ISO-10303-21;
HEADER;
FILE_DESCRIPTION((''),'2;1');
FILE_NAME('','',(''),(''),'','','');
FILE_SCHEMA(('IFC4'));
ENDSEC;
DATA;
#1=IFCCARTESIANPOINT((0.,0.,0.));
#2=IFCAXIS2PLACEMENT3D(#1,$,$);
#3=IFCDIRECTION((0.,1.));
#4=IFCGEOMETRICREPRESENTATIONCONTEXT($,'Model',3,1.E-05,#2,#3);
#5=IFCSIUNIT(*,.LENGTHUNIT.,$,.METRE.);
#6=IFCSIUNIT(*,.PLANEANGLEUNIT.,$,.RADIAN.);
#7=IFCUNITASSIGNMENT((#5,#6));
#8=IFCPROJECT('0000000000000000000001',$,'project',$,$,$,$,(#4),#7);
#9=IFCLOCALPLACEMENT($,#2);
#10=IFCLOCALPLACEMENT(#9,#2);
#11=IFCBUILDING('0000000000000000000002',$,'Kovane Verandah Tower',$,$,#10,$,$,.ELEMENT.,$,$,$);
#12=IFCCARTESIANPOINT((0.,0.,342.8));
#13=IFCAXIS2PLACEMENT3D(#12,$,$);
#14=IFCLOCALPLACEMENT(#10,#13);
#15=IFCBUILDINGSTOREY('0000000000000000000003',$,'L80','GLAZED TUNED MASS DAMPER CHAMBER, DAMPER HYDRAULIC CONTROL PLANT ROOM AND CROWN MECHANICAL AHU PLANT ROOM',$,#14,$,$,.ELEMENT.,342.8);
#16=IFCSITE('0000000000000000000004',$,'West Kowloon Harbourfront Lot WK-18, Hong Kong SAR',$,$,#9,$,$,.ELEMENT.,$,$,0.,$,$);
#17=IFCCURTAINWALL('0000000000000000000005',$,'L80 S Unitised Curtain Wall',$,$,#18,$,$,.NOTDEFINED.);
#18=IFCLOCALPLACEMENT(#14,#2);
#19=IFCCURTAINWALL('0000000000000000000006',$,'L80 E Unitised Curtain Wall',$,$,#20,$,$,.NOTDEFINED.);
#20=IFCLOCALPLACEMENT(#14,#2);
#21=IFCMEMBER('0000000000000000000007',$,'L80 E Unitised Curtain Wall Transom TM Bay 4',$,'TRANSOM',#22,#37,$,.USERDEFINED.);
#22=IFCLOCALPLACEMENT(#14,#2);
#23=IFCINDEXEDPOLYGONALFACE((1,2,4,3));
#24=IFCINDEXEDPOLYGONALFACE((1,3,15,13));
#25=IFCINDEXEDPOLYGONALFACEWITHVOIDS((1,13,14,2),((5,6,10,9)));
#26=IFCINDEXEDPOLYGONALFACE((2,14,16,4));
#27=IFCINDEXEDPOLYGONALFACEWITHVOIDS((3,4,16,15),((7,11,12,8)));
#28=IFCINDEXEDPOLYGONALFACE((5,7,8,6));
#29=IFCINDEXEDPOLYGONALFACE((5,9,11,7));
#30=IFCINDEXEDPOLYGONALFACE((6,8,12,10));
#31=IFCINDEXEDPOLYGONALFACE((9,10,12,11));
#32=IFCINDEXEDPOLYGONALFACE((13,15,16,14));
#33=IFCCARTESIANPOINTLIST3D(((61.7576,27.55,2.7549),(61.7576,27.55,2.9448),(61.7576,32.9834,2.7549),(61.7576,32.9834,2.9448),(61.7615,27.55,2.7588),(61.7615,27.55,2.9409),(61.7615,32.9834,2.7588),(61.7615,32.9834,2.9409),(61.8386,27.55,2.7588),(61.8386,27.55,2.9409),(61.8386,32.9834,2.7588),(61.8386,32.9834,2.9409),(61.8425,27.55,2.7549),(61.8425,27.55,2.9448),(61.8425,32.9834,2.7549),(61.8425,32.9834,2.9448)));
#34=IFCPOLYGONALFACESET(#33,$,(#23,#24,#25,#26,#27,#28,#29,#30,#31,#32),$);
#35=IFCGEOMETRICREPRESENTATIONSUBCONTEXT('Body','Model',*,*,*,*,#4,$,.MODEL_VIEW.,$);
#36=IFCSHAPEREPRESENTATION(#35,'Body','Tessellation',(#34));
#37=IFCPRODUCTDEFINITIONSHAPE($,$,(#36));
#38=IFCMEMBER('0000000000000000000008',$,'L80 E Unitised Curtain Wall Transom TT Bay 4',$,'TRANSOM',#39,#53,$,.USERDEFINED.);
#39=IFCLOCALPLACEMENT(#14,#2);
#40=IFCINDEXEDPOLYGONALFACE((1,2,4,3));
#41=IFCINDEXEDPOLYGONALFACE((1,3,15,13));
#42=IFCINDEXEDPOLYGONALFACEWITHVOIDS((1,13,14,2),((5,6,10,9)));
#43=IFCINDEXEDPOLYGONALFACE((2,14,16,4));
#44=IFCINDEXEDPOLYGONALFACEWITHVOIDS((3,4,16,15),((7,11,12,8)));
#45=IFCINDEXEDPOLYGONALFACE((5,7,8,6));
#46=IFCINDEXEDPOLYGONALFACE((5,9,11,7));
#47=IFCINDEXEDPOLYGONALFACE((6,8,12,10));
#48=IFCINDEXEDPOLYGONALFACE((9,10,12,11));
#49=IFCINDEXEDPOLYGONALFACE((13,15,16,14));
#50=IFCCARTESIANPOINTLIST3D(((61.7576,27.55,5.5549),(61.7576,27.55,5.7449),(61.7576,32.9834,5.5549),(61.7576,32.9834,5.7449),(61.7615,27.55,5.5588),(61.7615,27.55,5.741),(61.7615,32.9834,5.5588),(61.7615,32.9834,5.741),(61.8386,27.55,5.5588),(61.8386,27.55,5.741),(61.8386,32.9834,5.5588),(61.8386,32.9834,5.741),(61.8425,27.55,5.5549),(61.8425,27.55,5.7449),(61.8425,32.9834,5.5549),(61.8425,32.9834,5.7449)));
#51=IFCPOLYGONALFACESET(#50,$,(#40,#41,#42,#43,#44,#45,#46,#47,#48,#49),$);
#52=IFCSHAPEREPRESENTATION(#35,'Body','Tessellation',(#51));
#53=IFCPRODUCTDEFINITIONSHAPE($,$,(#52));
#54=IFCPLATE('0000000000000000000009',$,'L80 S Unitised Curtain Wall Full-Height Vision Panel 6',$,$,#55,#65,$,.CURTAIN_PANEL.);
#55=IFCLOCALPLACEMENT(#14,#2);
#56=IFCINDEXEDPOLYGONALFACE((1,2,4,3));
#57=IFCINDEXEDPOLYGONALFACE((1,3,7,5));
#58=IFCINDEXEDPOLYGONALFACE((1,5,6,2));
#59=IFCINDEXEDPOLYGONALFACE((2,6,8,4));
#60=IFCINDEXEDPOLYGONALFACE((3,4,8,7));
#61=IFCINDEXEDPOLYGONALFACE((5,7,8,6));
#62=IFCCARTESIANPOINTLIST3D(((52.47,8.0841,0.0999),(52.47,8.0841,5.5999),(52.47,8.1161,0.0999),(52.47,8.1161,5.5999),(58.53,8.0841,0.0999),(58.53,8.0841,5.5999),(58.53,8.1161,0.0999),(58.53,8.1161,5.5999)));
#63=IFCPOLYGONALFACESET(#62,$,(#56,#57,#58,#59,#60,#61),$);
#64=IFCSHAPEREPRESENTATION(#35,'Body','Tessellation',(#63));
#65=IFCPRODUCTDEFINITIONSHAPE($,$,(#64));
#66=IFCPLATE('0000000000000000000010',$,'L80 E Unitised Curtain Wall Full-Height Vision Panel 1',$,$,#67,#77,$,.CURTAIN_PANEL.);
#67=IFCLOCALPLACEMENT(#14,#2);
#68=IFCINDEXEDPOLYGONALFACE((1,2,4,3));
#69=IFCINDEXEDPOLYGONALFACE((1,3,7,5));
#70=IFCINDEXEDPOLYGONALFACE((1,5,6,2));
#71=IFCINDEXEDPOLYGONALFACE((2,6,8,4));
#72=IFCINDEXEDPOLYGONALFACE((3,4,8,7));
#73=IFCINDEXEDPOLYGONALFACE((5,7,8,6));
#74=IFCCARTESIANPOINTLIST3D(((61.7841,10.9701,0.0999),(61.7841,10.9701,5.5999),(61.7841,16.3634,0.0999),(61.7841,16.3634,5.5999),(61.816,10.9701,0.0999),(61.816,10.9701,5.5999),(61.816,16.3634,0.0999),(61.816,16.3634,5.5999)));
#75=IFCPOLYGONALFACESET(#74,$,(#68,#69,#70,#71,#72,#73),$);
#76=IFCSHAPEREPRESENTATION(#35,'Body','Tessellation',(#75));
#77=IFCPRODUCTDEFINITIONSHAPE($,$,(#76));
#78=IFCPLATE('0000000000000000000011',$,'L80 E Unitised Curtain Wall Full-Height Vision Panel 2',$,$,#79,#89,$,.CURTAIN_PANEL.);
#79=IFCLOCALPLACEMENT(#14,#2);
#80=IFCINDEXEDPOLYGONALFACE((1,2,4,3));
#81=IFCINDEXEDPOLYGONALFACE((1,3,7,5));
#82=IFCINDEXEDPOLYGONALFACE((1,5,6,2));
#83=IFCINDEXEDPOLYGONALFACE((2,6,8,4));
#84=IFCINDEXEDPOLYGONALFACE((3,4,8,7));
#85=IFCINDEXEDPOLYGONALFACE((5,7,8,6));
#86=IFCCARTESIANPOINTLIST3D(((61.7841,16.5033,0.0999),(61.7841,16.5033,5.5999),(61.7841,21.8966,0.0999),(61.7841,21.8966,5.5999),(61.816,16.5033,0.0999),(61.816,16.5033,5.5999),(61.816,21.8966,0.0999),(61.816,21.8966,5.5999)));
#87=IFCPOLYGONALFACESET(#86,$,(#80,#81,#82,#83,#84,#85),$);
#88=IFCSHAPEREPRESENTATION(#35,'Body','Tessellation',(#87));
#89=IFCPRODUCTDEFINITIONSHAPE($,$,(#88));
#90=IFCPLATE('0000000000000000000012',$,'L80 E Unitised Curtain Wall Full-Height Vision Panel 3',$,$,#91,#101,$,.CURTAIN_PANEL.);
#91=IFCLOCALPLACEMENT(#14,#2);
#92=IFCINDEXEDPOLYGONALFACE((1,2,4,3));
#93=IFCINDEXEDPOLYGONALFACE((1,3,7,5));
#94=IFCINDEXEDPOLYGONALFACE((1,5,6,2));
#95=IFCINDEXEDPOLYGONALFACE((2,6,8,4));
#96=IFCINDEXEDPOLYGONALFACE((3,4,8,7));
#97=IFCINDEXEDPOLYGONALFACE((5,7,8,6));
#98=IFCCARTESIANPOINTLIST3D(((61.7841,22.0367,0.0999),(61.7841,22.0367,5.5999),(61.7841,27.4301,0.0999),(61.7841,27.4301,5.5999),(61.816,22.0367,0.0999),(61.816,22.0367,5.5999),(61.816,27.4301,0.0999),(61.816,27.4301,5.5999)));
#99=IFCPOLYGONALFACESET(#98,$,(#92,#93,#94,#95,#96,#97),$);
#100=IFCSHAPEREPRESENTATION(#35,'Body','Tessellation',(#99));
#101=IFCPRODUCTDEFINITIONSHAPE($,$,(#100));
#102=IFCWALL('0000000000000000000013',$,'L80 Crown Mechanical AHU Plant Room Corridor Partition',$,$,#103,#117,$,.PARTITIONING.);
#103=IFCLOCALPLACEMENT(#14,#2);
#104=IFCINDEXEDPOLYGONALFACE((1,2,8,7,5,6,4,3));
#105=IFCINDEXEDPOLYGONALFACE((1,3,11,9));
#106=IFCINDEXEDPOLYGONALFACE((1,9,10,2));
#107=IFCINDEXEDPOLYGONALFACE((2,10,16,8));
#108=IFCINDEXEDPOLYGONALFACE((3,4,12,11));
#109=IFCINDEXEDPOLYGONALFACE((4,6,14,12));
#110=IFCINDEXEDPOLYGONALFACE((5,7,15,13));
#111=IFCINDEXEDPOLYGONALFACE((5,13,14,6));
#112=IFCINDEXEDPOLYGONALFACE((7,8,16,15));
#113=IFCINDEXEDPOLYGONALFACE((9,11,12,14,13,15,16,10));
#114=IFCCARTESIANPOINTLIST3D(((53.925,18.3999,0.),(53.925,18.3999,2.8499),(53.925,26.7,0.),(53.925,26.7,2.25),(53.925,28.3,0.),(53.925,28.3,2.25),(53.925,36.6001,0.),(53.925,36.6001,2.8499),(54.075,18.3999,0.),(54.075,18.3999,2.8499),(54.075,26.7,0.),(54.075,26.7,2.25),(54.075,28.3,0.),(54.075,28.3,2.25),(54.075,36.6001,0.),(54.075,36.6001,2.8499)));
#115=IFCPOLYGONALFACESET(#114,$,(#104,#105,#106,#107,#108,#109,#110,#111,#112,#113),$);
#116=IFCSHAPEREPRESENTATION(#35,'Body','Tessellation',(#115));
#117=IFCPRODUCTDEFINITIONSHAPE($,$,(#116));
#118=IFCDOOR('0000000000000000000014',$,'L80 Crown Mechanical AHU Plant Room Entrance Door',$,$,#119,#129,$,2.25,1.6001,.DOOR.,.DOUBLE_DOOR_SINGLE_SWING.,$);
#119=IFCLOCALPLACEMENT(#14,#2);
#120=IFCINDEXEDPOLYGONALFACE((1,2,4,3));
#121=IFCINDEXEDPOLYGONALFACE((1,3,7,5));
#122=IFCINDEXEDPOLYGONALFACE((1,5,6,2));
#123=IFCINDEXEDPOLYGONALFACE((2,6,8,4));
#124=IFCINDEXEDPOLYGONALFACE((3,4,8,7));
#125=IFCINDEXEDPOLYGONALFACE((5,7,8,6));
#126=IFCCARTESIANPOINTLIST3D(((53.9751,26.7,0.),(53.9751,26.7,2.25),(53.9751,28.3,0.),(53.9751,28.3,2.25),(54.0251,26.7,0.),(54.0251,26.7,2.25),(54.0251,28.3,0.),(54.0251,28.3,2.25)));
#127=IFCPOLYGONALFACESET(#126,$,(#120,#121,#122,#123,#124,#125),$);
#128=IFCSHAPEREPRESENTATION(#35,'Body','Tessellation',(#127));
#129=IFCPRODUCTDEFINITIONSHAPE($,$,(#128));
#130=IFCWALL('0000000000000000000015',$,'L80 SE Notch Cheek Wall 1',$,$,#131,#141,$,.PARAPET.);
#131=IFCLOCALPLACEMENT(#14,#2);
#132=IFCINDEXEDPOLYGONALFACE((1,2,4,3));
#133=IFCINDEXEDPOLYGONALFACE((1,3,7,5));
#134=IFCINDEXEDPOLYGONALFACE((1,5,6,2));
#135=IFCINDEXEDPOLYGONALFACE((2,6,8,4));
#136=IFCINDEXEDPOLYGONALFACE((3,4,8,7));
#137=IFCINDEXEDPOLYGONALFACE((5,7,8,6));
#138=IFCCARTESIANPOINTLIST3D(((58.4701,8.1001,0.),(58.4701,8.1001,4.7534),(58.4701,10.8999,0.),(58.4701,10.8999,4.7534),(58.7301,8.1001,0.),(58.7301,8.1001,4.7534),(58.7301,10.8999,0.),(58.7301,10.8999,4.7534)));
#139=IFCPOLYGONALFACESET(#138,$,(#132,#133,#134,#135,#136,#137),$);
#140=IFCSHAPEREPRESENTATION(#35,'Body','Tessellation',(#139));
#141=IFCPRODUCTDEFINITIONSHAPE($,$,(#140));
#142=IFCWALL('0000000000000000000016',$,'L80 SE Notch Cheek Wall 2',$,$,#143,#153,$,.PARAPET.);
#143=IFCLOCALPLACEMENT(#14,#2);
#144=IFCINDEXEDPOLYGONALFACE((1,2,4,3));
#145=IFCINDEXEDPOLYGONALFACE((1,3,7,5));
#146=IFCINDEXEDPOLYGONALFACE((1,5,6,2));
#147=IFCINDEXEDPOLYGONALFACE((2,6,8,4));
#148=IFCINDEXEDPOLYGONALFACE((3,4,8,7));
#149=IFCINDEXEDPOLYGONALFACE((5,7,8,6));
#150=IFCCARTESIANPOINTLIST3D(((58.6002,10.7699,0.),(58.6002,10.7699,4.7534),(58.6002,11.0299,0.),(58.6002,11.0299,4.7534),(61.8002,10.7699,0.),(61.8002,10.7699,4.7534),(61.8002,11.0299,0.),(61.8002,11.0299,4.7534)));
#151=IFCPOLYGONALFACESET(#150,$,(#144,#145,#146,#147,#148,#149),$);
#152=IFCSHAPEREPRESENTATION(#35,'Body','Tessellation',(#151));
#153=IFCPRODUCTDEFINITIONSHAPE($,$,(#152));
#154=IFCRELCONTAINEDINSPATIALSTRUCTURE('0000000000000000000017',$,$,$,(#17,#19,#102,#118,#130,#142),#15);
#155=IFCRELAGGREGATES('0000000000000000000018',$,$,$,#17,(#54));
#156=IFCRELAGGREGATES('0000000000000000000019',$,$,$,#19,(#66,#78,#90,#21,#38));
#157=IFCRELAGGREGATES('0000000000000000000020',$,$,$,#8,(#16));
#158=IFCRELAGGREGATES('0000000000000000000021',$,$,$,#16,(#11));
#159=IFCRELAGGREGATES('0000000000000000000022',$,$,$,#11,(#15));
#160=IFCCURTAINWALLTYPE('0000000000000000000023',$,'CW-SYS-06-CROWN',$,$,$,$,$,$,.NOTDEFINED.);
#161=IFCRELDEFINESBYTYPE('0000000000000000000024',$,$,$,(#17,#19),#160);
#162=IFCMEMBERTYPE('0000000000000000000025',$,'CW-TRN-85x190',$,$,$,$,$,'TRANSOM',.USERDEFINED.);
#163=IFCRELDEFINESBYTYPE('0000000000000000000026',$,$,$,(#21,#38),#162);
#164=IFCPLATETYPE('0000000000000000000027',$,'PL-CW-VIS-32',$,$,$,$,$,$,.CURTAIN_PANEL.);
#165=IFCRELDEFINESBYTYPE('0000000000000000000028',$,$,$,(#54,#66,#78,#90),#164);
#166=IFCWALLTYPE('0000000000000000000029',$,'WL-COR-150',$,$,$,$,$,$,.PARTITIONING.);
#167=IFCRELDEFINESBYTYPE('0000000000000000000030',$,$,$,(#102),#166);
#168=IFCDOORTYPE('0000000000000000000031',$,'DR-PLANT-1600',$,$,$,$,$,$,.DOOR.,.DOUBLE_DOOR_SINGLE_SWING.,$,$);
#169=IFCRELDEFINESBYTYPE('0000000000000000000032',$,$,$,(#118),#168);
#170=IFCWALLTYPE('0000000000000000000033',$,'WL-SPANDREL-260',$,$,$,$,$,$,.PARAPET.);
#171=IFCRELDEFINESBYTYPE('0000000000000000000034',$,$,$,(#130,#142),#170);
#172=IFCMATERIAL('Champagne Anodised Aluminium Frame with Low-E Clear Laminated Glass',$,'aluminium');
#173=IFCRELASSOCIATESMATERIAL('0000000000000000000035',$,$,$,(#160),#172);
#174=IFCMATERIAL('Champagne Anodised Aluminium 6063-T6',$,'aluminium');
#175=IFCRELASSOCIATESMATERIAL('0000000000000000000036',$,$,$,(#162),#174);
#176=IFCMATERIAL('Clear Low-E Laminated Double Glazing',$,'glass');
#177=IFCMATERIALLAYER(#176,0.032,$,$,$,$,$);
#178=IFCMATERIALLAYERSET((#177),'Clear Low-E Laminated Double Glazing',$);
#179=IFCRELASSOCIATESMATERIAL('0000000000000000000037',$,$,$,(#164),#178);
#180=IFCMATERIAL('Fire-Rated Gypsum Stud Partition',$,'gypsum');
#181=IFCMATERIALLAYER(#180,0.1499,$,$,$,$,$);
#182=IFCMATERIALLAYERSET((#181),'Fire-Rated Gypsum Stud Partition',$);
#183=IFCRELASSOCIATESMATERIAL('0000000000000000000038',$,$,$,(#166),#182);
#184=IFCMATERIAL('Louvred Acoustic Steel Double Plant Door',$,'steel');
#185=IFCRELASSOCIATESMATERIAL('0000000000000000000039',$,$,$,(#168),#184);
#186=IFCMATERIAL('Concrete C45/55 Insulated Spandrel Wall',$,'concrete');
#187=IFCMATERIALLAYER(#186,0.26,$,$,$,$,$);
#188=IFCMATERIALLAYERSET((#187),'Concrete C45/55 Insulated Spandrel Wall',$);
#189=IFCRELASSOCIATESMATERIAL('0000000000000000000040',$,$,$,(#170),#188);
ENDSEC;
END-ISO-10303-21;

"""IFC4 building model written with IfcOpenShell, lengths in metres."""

from ifc_helpers import new_model, si_unit, direction, frame, frame_2d, origin, origin_2d, place, context, subcontext, project, spatial, rectangle, hollow_rectangle, extrude, material, layer, layer_set, material_profile, profile_set, type_object, element, fill, aggregate, save


model = new_model("IFC4")

# Units and contexts
model_context = context("Model", 3, precision=1e-05, world=origin(), true_north=direction((0.0, 1.0)))
body_context = subcontext(model_context, "Body", "Model", "MODEL_VIEW")
ifc_project = project(units=[si_unit("LENGTHUNIT", "METRE"), si_unit("PLANEANGLEUNIT", "RADIAN")], contexts=[model_context])

# Site, building, storey
site_placement = place(None, origin())
site = spatial("IfcSite", under=ifc_project, at=site_placement, Name="West Kowloon Harbourfront Lot WK-18, Hong Kong SAR", CompositionType="ELEMENT", RefElevation=0.0)
building_placement = place(site_placement, origin())
building = spatial("IfcBuilding", under=site, at=building_placement, Name="Kovane Verandah Tower", CompositionType="ELEMENT")
storey_placement = place(building_placement, frame((0.0, 0.0, 342.8)))
storey = spatial("IfcBuildingStorey", under=building, at=storey_placement, Name="L80", Description="GLAZED TUNED MASS DAMPER CHAMBER, DAMPER HYDRAULIC CONTROL PLANT ROOM AND CROWN MECHANICAL AHU PLANT ROOM", CompositionType="ELEMENT", Elevation=342.8)

# Curtain walls
ifc_material_1 = material(Name="Champagne Anodised Aluminium Frame with Low-E Clear Laminated Glass", Category="aluminium")
curtain_wall_type = type_object("IfcCurtainWallType", Name="CW-SYS-06-CROWN", PredefinedType="NOTDEFINED", material=ifc_material_1)
curtain_wall_1_placement = place(storey_placement, origin())
curtain_wall_1 = element("IfcCurtainWall", 1, at=curtain_wall_1_placement, inside=storey, type_object=curtain_wall_type, Name="L80 S Unitised Curtain Wall", PredefinedType="NOTDEFINED")
ifc_material_2 = material(Name="Champagne Anodised Aluminium 6063-T6", Category="aluminium")
curtain_wall_2_placement = place(storey_placement, origin())
curtain_wall_2 = element("IfcCurtainWall", 2, at=curtain_wall_2_placement, inside=storey, type_object=curtain_wall_type, Name="L80 E Unitised Curtain Wall", PredefinedType="NOTDEFINED")

# Members
ifc_material_profile_1 = material_profile(ifc_material_2, hollow_rectangle(XDim=0.085, YDim=0.1899, WallThickness=0.0039, at=origin_2d()), Name="AL85x190x4")
ifc_profile_set_1 = profile_set([ifc_material_profile_1], Name="Champagne Anodised Aluminium 6063-T6")
member_type_1 = type_object("IfcMemberType", Name="CW-TRN-85x190", ElementType="TRANSOM", PredefinedType="USERDEFINED", material=ifc_profile_set_1)
member_1_placement = place(storey_placement, frame((61.8, 27.55, 2.8499), z_axis=(0.0, 1.0, 0.0), x_axis=(-1.0, 0.0, 0.0)))
member_1 = element("IfcMember", 3, at=member_1_placement, type_object=member_type_1, Name="L80 E Unitised Curtain Wall Transom TM Bay 4", ObjectType="TRANSOM", PredefinedType="USERDEFINED", context=body_context, shape_type="SweptSolid", body=[
    extrude(hollow_rectangle(XDim=0.085, YDim=0.1899, WallThickness=0.0039, at=origin_2d()), origin(), (0.0, 0.0, 1.0), 5.4333),
])
member_2_placement = place(storey_placement, frame((61.8, 27.55, 5.6499), z_axis=(0.0, 1.0, 0.0), x_axis=(-1.0, 0.0, 0.0)))
member_2 = element("IfcMember", 4, at=member_2_placement, type_object=member_type_1, Name="L80 E Unitised Curtain Wall Transom TT Bay 4", ObjectType="TRANSOM", PredefinedType="USERDEFINED", context=body_context, shape_type="SweptSolid", body=[
    extrude(hollow_rectangle(XDim=0.085, YDim=0.1899, WallThickness=0.0039, at=origin_2d()), origin(), (0.0, 0.0, 1.0), 5.4333),
])

# Plates
ifc_material_3 = material(Name="Clear Low-E Laminated Double Glazing", Category="glass")
ifc_layer_1 = layer(ifc_material_3, 0.032)
ifc_layer_set_1 = layer_set([ifc_layer_1], Name="Clear Low-E Laminated Double Glazing")
plate_type = type_object("IfcPlateType", Name="PL-CW-VIS-32", PredefinedType="CURTAIN_PANEL", material=ifc_layer_set_1)
plate_1_placement = place(storey_placement, frame((55.5, 8.1001, 0.0999), z_axis=(0.0, 0.0, 1.0), x_axis=(1.0, 0.0, 0.0)))
plate_1 = element("IfcPlate", 5, at=plate_1_placement, type_object=plate_type, Name="L80 S Unitised Curtain Wall Full-Height Vision Panel 6", PredefinedType="CURTAIN_PANEL", context=body_context, shape_type="SweptSolid", body=[
    extrude(rectangle(XDim=6.0601, YDim=0.032, at=origin_2d()), origin(), (0.0, 0.0, 1.0), 5.5),
])
aggregate(curtain_wall_1, [plate_1])
plate_2_placement = place(storey_placement, frame((61.8, 13.6667, 0.0999), z_axis=(0.0, 0.0, 1.0), x_axis=(0.0, 1.0, 0.0)))
plate_2 = element("IfcPlate", 6, at=plate_2_placement, type_object=plate_type, Name="L80 E Unitised Curtain Wall Full-Height Vision Panel 1", PredefinedType="CURTAIN_PANEL", context=body_context, shape_type="SweptSolid", body=[
    extrude(rectangle(XDim=5.3933, YDim=0.032, at=origin_2d()), origin(), (0.0, 0.0, 1.0), 5.5),
])
plate_3_placement = place(storey_placement, frame((61.8, 19.2, 0.0999), z_axis=(0.0, 0.0, 1.0), x_axis=(0.0, 1.0, 0.0)))
plate_3 = element("IfcPlate", 7, at=plate_3_placement, type_object=plate_type, Name="L80 E Unitised Curtain Wall Full-Height Vision Panel 2", PredefinedType="CURTAIN_PANEL", context=body_context, shape_type="SweptSolid", body=[
    extrude(rectangle(XDim=5.3933, YDim=0.032, at=origin_2d()), origin(), (0.0, 0.0, 1.0), 5.5),
])
plate_4_placement = place(storey_placement, frame((61.8, 24.7334, 0.0999), z_axis=(0.0, 0.0, 1.0), x_axis=(0.0, 1.0, 0.0)))
plate_4 = element("IfcPlate", 8, at=plate_4_placement, type_object=plate_type, Name="L80 E Unitised Curtain Wall Full-Height Vision Panel 3", PredefinedType="CURTAIN_PANEL", context=body_context, shape_type="SweptSolid", body=[
    extrude(rectangle(XDim=5.3933, YDim=0.032, at=origin_2d()), origin(), (0.0, 0.0, 1.0), 5.5),
])
aggregate(curtain_wall_2, [plate_2, plate_3, plate_4, member_1, member_2])

# Wall, opening, door
ifc_material_4 = material(Name="Fire-Rated Gypsum Stud Partition", Category="gypsum")
ifc_layer_2 = layer(ifc_material_4, 0.1499)
ifc_layer_set_2 = layer_set([ifc_layer_2], Name="Fire-Rated Gypsum Stud Partition")
wall_type_1 = type_object("IfcWallType", Name="WL-COR-150", PredefinedType="PARTITIONING", material=ifc_layer_set_2)
wall_1_placement = place(storey_placement, frame((54.0, 18.3999, 0.0), z_axis=(0.0, 0.0, 1.0), x_axis=(0.0, 1.0, 0.0)))
wall_1 = element("IfcWall", 9, at=wall_1_placement, inside=storey, type_object=wall_type_1, Name="L80 Crown Mechanical AHU Plant Room Corridor Partition", PredefinedType="PARTITIONING", context=body_context, shape_type="SweptSolid", body=[
    extrude(rectangle(XDim=18.2002, YDim=0.1499, at=frame_2d((9.1001, 0.0))), origin(), (0.0, 0.0, 1.0), 2.8499),
])
opening_placement = place(wall_1_placement, frame((8.3, 0.0, 0.0)))
opening = element("IfcOpeningElement", 10, at=opening_placement, cuts=wall_1, PredefinedType="OPENING", context=body_context, shape_type="SweptSolid", body=[
    extrude(rectangle(XDim=1.6001, YDim=2.25, at=frame_2d((0.8, 1.125))), frame((0.0, 0.075, 0.0), z_axis=(0.0, -1.0, 0.0), x_axis=(1.0, 0.0, 0.0)), (0.0, 0.0, 1.0), 0.1499),
])
ifc_material_5 = material(Name="Louvred Acoustic Steel Double Plant Door", Category="steel")
door_type = type_object("IfcDoorType", Name="DR-PLANT-1600", OperationType="DOUBLE_DOOR_SINGLE_SWING", PredefinedType="DOOR", material=ifc_material_5)
door_placement = place(opening_placement, origin())
door = element("IfcDoor", 11, at=door_placement, inside=storey, type_object=door_type, Name="L80 Crown Mechanical AHU Plant Room Entrance Door", OperationType="DOUBLE_DOOR_SINGLE_SWING", OverallHeight=2.25, OverallWidth=1.6001, PredefinedType="DOOR", context=body_context, shape_type="SweptSolid", body=[
    extrude(rectangle(XDim=1.6001, YDim=2.25, at=frame_2d((0.8, 1.125))), frame((0.0, 0.0249, 0.0), z_axis=(0.0, -1.0, 0.0), x_axis=(1.0, 0.0, 0.0)), (0.0, 0.0, 1.0), 0.05),
])
fill(opening, door)

# Walls
ifc_material_6 = material(Name="Concrete C45/55 Insulated Spandrel Wall", Category="concrete")
ifc_layer_3 = layer(ifc_material_6, 0.26)
ifc_layer_set_3 = layer_set([ifc_layer_3], Name="Concrete C45/55 Insulated Spandrel Wall")
wall_type_2 = type_object("IfcWallType", Name="WL-SPANDREL-260", PredefinedType="PARAPET", material=ifc_layer_set_3)
wall_2_placement = place(storey_placement, frame((58.6001, 8.1001, 0.0), z_axis=(0.0, 0.0, 1.0), x_axis=(0.0, 1.0, 0.0)))
element("IfcWall", 12, at=wall_2_placement, inside=storey, type_object=wall_type_2, Name="L80 SE Notch Cheek Wall 1", PredefinedType="PARAPET", context=body_context, shape_type="SweptSolid", body=[
    extrude(rectangle(XDim=2.7998, YDim=0.26, at=frame_2d((1.3999, 0.0))), origin(), (0.0, 0.0, 1.0), 4.7534),
])
wall_3_placement = place(storey_placement, frame((58.6001, 10.8999, 0.0), z_axis=(0.0, 0.0, 1.0), x_axis=(1.0, 0.0, 0.0)))
element("IfcWall", 13, at=wall_3_placement, inside=storey, type_object=wall_type_2, Name="L80 SE Notch Cheek Wall 2", PredefinedType="PARAPET", context=body_context, shape_type="SweptSolid", body=[
    extrude(rectangle(XDim=3.2, YDim=0.26, at=frame_2d((1.6001, 0.0))), origin(), (0.0, 0.0, 1.0), 4.7534),
])

save(model, "model.ifc")
